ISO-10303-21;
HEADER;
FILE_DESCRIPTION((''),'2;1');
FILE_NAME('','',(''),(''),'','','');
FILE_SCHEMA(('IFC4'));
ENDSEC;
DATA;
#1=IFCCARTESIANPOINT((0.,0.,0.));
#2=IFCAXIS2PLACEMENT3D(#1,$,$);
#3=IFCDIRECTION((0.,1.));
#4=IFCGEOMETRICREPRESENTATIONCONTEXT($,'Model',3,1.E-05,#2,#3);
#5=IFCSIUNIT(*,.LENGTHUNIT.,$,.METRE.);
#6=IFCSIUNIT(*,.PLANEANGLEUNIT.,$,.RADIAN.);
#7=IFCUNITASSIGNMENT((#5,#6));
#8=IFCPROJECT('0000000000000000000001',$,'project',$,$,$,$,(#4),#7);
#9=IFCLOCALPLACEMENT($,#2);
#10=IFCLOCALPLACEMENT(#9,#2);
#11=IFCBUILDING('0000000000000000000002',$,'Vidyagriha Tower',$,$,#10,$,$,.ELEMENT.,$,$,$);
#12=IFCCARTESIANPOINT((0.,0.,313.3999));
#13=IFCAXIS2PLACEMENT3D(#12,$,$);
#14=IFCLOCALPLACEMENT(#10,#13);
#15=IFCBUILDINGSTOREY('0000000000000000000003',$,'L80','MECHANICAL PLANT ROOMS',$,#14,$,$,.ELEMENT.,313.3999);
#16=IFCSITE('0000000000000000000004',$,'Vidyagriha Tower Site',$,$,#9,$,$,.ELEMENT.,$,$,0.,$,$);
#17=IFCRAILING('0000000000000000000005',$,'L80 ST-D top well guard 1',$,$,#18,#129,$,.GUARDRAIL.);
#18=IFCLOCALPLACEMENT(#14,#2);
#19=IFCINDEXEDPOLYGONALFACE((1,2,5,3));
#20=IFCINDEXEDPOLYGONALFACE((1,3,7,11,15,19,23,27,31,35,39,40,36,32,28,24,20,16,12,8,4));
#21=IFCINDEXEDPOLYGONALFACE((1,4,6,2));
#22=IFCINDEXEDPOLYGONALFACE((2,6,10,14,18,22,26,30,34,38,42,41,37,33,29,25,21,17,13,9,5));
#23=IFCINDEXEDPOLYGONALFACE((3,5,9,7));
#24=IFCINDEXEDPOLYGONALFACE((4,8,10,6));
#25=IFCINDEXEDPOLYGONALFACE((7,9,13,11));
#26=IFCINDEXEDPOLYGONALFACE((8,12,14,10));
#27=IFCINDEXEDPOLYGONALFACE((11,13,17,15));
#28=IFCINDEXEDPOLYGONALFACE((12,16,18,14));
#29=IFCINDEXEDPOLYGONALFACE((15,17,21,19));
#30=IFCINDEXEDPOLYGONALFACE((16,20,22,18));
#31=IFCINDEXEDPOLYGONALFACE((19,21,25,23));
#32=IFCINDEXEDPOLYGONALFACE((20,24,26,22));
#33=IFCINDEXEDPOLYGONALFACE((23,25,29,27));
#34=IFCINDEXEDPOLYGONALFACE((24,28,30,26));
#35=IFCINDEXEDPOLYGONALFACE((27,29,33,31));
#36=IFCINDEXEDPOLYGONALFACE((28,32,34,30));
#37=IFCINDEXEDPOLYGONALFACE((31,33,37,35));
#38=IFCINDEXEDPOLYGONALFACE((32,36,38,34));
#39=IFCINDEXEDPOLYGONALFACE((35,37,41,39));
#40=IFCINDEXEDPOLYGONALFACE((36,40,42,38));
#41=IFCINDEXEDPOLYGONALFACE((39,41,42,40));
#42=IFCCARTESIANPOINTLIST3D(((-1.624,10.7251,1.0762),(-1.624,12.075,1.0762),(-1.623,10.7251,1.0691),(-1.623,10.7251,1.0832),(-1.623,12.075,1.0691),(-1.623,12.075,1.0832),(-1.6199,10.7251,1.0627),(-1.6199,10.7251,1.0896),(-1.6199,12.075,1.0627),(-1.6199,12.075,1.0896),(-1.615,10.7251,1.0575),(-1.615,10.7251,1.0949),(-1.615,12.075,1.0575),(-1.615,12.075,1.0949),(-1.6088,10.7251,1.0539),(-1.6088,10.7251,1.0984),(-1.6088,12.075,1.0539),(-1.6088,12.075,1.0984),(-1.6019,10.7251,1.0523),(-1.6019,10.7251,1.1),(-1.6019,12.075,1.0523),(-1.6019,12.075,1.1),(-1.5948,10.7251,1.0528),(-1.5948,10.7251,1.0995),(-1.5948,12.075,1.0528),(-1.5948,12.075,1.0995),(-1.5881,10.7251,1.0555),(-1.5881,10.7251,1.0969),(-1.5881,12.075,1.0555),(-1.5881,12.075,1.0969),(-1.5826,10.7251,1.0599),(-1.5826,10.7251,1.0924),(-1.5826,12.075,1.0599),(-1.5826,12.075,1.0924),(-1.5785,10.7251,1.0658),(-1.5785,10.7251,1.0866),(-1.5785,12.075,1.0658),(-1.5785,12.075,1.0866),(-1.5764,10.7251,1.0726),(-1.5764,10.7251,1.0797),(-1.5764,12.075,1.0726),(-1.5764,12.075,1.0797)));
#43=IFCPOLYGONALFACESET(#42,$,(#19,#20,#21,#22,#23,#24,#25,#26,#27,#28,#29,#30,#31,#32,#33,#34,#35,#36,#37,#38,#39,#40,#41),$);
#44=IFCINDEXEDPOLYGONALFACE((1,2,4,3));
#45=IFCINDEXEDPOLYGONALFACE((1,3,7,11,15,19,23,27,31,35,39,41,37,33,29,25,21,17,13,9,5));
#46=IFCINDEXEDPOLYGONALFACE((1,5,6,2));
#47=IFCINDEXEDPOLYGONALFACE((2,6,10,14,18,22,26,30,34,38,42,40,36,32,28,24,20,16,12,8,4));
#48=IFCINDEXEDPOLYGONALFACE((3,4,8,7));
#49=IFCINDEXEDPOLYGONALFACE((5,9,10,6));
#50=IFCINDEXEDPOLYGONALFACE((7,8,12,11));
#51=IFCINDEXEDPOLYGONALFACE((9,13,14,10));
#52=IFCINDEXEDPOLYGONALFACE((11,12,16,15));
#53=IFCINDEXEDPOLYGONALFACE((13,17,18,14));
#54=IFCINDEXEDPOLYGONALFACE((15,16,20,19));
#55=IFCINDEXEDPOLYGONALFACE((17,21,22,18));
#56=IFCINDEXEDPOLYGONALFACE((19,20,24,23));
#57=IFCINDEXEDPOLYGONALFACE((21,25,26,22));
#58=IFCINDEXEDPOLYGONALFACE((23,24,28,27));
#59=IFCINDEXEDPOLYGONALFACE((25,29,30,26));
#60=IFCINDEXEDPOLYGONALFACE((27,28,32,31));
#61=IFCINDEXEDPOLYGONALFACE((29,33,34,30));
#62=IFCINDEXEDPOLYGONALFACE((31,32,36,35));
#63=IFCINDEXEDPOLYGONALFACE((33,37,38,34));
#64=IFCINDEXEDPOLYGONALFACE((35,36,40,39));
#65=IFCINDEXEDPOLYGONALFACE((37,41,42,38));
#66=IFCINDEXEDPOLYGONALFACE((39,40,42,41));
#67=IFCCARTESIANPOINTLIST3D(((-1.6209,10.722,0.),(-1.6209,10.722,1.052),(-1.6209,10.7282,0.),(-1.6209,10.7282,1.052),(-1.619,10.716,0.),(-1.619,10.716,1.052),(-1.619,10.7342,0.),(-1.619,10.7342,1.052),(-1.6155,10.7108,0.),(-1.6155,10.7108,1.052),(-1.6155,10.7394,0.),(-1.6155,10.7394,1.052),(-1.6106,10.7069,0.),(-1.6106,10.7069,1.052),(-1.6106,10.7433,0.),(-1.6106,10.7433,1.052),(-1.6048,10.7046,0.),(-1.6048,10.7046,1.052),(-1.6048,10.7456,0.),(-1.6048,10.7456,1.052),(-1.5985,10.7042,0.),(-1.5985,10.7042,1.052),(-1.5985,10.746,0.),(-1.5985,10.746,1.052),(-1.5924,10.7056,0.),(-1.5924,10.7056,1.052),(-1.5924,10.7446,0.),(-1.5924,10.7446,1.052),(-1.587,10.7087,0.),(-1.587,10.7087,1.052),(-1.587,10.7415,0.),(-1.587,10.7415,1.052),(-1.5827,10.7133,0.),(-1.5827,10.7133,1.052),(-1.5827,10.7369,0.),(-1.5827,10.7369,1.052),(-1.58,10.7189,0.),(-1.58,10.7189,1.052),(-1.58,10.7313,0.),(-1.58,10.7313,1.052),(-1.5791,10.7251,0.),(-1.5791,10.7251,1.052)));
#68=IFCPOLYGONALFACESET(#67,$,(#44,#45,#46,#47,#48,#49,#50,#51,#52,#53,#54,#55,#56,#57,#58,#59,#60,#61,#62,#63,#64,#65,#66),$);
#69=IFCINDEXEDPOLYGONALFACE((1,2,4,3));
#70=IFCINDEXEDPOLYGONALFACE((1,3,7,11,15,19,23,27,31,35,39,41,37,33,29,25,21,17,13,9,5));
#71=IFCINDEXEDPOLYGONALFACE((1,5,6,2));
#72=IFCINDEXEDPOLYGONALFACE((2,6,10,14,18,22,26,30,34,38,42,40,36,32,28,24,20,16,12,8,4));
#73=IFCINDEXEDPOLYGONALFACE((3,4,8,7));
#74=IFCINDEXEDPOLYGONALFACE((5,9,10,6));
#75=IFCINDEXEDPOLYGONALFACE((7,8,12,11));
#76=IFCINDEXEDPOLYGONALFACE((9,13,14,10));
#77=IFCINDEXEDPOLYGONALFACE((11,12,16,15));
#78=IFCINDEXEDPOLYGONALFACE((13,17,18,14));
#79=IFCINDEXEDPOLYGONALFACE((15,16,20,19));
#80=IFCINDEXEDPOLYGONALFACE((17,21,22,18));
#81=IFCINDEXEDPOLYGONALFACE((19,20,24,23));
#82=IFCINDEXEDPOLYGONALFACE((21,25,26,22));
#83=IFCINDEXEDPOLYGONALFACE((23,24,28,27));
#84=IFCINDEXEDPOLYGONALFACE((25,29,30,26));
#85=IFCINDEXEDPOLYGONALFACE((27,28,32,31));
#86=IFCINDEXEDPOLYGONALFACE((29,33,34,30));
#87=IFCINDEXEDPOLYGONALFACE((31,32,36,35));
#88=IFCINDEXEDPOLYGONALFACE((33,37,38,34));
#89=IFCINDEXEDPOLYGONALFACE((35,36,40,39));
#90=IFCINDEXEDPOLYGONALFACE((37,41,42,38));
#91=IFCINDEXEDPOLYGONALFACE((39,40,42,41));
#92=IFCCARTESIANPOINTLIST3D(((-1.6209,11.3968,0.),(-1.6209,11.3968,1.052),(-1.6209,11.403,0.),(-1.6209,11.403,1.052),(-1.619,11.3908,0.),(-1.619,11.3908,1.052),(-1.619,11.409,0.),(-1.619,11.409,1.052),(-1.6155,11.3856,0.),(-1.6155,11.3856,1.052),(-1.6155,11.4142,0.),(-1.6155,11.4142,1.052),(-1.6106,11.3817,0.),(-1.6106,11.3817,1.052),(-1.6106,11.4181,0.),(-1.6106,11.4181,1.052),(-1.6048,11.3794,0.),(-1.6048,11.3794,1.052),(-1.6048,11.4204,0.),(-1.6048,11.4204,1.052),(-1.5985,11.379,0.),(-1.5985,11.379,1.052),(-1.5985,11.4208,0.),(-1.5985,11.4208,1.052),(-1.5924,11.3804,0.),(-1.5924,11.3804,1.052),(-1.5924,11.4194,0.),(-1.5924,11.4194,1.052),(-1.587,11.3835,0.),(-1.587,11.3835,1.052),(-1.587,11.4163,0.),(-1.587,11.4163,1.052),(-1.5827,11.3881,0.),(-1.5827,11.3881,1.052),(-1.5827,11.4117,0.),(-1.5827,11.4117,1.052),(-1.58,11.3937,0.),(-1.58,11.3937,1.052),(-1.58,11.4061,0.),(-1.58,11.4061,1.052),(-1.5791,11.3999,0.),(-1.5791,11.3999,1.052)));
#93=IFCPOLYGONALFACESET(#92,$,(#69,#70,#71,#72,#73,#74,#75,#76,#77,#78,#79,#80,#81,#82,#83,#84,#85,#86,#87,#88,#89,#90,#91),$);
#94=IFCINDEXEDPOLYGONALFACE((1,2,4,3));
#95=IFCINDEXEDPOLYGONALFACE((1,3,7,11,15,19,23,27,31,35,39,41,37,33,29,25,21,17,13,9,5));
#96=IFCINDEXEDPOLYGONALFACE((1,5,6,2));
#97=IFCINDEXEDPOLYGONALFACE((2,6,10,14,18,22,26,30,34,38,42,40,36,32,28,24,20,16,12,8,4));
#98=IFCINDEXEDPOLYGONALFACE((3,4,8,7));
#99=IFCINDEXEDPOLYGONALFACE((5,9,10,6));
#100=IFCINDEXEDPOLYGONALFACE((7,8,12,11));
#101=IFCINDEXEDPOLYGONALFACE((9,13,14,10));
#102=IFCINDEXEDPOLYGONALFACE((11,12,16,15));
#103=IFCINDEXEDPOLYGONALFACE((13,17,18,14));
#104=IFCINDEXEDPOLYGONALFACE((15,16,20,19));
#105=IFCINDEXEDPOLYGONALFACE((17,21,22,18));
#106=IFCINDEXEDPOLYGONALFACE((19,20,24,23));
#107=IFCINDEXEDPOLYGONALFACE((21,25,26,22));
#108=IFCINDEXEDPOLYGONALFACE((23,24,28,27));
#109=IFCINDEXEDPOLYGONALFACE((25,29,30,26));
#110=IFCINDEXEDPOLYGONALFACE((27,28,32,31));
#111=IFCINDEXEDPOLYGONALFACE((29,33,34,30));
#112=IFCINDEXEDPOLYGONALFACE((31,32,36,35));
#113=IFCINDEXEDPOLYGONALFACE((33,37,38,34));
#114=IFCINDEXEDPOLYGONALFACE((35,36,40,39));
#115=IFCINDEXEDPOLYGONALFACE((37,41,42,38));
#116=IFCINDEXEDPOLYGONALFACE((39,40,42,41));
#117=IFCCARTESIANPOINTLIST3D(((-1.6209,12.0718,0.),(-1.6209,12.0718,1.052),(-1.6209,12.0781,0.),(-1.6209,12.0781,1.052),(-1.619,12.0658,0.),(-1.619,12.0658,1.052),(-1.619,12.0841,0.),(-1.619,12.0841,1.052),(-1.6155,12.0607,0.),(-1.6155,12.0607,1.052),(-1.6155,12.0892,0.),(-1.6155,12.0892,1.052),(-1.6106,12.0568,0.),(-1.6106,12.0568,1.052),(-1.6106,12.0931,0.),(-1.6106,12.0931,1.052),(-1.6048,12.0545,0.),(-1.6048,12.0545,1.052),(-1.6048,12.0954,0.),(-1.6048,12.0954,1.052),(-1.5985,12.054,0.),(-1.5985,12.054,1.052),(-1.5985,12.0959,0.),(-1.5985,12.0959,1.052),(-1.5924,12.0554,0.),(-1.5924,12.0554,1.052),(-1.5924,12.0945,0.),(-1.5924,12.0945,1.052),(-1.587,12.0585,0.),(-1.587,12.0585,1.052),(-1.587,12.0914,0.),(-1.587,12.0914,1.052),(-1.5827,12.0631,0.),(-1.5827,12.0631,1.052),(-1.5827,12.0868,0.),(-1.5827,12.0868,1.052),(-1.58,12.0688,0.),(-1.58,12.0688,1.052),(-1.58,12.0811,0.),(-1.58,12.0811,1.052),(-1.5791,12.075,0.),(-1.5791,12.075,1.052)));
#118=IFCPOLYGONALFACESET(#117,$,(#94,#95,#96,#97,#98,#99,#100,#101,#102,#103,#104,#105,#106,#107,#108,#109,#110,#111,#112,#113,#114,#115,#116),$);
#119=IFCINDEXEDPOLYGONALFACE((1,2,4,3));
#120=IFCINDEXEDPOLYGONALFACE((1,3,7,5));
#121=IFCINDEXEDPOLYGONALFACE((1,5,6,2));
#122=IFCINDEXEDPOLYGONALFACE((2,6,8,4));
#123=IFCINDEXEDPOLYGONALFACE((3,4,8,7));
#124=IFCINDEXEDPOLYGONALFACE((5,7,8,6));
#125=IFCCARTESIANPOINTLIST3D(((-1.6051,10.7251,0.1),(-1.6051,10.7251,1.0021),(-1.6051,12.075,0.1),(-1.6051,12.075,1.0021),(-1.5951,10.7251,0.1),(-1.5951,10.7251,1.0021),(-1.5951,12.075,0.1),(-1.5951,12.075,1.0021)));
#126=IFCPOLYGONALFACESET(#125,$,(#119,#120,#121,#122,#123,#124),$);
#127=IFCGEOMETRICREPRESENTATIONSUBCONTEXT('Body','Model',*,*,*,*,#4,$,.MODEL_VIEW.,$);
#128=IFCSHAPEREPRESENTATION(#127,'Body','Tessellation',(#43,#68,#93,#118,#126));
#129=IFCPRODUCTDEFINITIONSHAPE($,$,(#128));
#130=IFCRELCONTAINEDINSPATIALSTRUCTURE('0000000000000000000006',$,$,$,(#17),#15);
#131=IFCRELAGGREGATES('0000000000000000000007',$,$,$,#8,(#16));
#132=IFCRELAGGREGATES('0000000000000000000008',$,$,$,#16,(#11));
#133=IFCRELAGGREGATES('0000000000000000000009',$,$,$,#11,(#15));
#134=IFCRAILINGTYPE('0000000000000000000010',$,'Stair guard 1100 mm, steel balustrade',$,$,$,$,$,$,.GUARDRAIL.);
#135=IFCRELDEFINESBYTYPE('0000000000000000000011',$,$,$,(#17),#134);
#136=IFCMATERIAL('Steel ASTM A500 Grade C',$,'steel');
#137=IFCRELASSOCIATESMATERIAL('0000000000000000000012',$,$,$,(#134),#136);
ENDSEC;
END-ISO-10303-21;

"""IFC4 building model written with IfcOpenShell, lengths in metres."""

from ifc_helpers import new_model, si_unit, direction, frame, origin, origin_2d, place, context, subcontext, project, spatial, rectangle, circle, extrude, material, type_object, element, save


model = new_model("IFC4")

# Units and contexts
model_context = context("Model", 3, precision=1e-05, world=origin(), true_north=direction((0.0, 1.0)))
body_context = subcontext(model_context, "Body", "Model", "MODEL_VIEW")
ifc_project = project(units=[si_unit("LENGTHUNIT", "METRE"), si_unit("PLANEANGLEUNIT", "RADIAN")], contexts=[model_context])

# Site, building, storey
site_placement = place(None, origin())
site = spatial("IfcSite", under=ifc_project, at=site_placement, Name="Vidyagriha Tower Site", CompositionType="ELEMENT", RefElevation=0.0)
building_placement = place(site_placement, origin())
building = spatial("IfcBuilding", under=site, at=building_placement, Name="Vidyagriha Tower", CompositionType="ELEMENT")
storey_placement = place(building_placement, frame((0.0, 0.0, 313.3999)))
storey = spatial("IfcBuildingStorey", under=building, at=storey_placement, Name="L80", Description="MECHANICAL PLANT ROOMS", CompositionType="ELEMENT", Elevation=313.3999)

# Railing
ifc_material_1 = material(Name="Steel ASTM A500 Grade C", Category="steel")
railing_type = type_object("IfcRailingType", Name="Stair guard 1100 mm, steel balustrade", PredefinedType="GUARDRAIL", material=ifc_material_1)
railing_1_placement = place(storey_placement, frame((-1.6001, 10.7251, 0.0)))
element("IfcRailing", 1, at=railing_1_placement, inside=storey, type_object=railing_type, Name="L80 ST-D top well guard 1", PredefinedType="GUARDRAIL", context=body_context, shape_type="SweptSolid", body=[
    extrude(circle(Radius=0.0239, at=origin_2d()), frame((0.0, 0.0, 1.0762), z_axis=(0.0, 1.0, 0.0), x_axis=(-1.0, 0.0, 0.0)), (0.0, 0.0, 1.0), 1.3499),
    extrude(circle(Radius=0.021, at=origin_2d()), origin(), (0.0, 0.0, 1.0), 1.052),
    extrude(circle(Radius=0.021, at=origin_2d()), frame((0.0, 0.6748, 0.0)), (0.0, 0.0, 1.0), 1.052),
    extrude(circle(Radius=0.021, at=origin_2d()), frame((0.0, 1.3499, 0.0)), (0.0, 0.0, 1.0), 1.052),
    extrude(rectangle(XDim=0.01, YDim=0.9021, at=origin_2d()), frame((0.0, 0.0, 0.551), z_axis=(0.0, 1.0, 0.0), x_axis=(-1.0, 0.0, 0.0)), (0.0, 0.0, 1.0), 1.3499),
])

save(model, "model.ifc")
